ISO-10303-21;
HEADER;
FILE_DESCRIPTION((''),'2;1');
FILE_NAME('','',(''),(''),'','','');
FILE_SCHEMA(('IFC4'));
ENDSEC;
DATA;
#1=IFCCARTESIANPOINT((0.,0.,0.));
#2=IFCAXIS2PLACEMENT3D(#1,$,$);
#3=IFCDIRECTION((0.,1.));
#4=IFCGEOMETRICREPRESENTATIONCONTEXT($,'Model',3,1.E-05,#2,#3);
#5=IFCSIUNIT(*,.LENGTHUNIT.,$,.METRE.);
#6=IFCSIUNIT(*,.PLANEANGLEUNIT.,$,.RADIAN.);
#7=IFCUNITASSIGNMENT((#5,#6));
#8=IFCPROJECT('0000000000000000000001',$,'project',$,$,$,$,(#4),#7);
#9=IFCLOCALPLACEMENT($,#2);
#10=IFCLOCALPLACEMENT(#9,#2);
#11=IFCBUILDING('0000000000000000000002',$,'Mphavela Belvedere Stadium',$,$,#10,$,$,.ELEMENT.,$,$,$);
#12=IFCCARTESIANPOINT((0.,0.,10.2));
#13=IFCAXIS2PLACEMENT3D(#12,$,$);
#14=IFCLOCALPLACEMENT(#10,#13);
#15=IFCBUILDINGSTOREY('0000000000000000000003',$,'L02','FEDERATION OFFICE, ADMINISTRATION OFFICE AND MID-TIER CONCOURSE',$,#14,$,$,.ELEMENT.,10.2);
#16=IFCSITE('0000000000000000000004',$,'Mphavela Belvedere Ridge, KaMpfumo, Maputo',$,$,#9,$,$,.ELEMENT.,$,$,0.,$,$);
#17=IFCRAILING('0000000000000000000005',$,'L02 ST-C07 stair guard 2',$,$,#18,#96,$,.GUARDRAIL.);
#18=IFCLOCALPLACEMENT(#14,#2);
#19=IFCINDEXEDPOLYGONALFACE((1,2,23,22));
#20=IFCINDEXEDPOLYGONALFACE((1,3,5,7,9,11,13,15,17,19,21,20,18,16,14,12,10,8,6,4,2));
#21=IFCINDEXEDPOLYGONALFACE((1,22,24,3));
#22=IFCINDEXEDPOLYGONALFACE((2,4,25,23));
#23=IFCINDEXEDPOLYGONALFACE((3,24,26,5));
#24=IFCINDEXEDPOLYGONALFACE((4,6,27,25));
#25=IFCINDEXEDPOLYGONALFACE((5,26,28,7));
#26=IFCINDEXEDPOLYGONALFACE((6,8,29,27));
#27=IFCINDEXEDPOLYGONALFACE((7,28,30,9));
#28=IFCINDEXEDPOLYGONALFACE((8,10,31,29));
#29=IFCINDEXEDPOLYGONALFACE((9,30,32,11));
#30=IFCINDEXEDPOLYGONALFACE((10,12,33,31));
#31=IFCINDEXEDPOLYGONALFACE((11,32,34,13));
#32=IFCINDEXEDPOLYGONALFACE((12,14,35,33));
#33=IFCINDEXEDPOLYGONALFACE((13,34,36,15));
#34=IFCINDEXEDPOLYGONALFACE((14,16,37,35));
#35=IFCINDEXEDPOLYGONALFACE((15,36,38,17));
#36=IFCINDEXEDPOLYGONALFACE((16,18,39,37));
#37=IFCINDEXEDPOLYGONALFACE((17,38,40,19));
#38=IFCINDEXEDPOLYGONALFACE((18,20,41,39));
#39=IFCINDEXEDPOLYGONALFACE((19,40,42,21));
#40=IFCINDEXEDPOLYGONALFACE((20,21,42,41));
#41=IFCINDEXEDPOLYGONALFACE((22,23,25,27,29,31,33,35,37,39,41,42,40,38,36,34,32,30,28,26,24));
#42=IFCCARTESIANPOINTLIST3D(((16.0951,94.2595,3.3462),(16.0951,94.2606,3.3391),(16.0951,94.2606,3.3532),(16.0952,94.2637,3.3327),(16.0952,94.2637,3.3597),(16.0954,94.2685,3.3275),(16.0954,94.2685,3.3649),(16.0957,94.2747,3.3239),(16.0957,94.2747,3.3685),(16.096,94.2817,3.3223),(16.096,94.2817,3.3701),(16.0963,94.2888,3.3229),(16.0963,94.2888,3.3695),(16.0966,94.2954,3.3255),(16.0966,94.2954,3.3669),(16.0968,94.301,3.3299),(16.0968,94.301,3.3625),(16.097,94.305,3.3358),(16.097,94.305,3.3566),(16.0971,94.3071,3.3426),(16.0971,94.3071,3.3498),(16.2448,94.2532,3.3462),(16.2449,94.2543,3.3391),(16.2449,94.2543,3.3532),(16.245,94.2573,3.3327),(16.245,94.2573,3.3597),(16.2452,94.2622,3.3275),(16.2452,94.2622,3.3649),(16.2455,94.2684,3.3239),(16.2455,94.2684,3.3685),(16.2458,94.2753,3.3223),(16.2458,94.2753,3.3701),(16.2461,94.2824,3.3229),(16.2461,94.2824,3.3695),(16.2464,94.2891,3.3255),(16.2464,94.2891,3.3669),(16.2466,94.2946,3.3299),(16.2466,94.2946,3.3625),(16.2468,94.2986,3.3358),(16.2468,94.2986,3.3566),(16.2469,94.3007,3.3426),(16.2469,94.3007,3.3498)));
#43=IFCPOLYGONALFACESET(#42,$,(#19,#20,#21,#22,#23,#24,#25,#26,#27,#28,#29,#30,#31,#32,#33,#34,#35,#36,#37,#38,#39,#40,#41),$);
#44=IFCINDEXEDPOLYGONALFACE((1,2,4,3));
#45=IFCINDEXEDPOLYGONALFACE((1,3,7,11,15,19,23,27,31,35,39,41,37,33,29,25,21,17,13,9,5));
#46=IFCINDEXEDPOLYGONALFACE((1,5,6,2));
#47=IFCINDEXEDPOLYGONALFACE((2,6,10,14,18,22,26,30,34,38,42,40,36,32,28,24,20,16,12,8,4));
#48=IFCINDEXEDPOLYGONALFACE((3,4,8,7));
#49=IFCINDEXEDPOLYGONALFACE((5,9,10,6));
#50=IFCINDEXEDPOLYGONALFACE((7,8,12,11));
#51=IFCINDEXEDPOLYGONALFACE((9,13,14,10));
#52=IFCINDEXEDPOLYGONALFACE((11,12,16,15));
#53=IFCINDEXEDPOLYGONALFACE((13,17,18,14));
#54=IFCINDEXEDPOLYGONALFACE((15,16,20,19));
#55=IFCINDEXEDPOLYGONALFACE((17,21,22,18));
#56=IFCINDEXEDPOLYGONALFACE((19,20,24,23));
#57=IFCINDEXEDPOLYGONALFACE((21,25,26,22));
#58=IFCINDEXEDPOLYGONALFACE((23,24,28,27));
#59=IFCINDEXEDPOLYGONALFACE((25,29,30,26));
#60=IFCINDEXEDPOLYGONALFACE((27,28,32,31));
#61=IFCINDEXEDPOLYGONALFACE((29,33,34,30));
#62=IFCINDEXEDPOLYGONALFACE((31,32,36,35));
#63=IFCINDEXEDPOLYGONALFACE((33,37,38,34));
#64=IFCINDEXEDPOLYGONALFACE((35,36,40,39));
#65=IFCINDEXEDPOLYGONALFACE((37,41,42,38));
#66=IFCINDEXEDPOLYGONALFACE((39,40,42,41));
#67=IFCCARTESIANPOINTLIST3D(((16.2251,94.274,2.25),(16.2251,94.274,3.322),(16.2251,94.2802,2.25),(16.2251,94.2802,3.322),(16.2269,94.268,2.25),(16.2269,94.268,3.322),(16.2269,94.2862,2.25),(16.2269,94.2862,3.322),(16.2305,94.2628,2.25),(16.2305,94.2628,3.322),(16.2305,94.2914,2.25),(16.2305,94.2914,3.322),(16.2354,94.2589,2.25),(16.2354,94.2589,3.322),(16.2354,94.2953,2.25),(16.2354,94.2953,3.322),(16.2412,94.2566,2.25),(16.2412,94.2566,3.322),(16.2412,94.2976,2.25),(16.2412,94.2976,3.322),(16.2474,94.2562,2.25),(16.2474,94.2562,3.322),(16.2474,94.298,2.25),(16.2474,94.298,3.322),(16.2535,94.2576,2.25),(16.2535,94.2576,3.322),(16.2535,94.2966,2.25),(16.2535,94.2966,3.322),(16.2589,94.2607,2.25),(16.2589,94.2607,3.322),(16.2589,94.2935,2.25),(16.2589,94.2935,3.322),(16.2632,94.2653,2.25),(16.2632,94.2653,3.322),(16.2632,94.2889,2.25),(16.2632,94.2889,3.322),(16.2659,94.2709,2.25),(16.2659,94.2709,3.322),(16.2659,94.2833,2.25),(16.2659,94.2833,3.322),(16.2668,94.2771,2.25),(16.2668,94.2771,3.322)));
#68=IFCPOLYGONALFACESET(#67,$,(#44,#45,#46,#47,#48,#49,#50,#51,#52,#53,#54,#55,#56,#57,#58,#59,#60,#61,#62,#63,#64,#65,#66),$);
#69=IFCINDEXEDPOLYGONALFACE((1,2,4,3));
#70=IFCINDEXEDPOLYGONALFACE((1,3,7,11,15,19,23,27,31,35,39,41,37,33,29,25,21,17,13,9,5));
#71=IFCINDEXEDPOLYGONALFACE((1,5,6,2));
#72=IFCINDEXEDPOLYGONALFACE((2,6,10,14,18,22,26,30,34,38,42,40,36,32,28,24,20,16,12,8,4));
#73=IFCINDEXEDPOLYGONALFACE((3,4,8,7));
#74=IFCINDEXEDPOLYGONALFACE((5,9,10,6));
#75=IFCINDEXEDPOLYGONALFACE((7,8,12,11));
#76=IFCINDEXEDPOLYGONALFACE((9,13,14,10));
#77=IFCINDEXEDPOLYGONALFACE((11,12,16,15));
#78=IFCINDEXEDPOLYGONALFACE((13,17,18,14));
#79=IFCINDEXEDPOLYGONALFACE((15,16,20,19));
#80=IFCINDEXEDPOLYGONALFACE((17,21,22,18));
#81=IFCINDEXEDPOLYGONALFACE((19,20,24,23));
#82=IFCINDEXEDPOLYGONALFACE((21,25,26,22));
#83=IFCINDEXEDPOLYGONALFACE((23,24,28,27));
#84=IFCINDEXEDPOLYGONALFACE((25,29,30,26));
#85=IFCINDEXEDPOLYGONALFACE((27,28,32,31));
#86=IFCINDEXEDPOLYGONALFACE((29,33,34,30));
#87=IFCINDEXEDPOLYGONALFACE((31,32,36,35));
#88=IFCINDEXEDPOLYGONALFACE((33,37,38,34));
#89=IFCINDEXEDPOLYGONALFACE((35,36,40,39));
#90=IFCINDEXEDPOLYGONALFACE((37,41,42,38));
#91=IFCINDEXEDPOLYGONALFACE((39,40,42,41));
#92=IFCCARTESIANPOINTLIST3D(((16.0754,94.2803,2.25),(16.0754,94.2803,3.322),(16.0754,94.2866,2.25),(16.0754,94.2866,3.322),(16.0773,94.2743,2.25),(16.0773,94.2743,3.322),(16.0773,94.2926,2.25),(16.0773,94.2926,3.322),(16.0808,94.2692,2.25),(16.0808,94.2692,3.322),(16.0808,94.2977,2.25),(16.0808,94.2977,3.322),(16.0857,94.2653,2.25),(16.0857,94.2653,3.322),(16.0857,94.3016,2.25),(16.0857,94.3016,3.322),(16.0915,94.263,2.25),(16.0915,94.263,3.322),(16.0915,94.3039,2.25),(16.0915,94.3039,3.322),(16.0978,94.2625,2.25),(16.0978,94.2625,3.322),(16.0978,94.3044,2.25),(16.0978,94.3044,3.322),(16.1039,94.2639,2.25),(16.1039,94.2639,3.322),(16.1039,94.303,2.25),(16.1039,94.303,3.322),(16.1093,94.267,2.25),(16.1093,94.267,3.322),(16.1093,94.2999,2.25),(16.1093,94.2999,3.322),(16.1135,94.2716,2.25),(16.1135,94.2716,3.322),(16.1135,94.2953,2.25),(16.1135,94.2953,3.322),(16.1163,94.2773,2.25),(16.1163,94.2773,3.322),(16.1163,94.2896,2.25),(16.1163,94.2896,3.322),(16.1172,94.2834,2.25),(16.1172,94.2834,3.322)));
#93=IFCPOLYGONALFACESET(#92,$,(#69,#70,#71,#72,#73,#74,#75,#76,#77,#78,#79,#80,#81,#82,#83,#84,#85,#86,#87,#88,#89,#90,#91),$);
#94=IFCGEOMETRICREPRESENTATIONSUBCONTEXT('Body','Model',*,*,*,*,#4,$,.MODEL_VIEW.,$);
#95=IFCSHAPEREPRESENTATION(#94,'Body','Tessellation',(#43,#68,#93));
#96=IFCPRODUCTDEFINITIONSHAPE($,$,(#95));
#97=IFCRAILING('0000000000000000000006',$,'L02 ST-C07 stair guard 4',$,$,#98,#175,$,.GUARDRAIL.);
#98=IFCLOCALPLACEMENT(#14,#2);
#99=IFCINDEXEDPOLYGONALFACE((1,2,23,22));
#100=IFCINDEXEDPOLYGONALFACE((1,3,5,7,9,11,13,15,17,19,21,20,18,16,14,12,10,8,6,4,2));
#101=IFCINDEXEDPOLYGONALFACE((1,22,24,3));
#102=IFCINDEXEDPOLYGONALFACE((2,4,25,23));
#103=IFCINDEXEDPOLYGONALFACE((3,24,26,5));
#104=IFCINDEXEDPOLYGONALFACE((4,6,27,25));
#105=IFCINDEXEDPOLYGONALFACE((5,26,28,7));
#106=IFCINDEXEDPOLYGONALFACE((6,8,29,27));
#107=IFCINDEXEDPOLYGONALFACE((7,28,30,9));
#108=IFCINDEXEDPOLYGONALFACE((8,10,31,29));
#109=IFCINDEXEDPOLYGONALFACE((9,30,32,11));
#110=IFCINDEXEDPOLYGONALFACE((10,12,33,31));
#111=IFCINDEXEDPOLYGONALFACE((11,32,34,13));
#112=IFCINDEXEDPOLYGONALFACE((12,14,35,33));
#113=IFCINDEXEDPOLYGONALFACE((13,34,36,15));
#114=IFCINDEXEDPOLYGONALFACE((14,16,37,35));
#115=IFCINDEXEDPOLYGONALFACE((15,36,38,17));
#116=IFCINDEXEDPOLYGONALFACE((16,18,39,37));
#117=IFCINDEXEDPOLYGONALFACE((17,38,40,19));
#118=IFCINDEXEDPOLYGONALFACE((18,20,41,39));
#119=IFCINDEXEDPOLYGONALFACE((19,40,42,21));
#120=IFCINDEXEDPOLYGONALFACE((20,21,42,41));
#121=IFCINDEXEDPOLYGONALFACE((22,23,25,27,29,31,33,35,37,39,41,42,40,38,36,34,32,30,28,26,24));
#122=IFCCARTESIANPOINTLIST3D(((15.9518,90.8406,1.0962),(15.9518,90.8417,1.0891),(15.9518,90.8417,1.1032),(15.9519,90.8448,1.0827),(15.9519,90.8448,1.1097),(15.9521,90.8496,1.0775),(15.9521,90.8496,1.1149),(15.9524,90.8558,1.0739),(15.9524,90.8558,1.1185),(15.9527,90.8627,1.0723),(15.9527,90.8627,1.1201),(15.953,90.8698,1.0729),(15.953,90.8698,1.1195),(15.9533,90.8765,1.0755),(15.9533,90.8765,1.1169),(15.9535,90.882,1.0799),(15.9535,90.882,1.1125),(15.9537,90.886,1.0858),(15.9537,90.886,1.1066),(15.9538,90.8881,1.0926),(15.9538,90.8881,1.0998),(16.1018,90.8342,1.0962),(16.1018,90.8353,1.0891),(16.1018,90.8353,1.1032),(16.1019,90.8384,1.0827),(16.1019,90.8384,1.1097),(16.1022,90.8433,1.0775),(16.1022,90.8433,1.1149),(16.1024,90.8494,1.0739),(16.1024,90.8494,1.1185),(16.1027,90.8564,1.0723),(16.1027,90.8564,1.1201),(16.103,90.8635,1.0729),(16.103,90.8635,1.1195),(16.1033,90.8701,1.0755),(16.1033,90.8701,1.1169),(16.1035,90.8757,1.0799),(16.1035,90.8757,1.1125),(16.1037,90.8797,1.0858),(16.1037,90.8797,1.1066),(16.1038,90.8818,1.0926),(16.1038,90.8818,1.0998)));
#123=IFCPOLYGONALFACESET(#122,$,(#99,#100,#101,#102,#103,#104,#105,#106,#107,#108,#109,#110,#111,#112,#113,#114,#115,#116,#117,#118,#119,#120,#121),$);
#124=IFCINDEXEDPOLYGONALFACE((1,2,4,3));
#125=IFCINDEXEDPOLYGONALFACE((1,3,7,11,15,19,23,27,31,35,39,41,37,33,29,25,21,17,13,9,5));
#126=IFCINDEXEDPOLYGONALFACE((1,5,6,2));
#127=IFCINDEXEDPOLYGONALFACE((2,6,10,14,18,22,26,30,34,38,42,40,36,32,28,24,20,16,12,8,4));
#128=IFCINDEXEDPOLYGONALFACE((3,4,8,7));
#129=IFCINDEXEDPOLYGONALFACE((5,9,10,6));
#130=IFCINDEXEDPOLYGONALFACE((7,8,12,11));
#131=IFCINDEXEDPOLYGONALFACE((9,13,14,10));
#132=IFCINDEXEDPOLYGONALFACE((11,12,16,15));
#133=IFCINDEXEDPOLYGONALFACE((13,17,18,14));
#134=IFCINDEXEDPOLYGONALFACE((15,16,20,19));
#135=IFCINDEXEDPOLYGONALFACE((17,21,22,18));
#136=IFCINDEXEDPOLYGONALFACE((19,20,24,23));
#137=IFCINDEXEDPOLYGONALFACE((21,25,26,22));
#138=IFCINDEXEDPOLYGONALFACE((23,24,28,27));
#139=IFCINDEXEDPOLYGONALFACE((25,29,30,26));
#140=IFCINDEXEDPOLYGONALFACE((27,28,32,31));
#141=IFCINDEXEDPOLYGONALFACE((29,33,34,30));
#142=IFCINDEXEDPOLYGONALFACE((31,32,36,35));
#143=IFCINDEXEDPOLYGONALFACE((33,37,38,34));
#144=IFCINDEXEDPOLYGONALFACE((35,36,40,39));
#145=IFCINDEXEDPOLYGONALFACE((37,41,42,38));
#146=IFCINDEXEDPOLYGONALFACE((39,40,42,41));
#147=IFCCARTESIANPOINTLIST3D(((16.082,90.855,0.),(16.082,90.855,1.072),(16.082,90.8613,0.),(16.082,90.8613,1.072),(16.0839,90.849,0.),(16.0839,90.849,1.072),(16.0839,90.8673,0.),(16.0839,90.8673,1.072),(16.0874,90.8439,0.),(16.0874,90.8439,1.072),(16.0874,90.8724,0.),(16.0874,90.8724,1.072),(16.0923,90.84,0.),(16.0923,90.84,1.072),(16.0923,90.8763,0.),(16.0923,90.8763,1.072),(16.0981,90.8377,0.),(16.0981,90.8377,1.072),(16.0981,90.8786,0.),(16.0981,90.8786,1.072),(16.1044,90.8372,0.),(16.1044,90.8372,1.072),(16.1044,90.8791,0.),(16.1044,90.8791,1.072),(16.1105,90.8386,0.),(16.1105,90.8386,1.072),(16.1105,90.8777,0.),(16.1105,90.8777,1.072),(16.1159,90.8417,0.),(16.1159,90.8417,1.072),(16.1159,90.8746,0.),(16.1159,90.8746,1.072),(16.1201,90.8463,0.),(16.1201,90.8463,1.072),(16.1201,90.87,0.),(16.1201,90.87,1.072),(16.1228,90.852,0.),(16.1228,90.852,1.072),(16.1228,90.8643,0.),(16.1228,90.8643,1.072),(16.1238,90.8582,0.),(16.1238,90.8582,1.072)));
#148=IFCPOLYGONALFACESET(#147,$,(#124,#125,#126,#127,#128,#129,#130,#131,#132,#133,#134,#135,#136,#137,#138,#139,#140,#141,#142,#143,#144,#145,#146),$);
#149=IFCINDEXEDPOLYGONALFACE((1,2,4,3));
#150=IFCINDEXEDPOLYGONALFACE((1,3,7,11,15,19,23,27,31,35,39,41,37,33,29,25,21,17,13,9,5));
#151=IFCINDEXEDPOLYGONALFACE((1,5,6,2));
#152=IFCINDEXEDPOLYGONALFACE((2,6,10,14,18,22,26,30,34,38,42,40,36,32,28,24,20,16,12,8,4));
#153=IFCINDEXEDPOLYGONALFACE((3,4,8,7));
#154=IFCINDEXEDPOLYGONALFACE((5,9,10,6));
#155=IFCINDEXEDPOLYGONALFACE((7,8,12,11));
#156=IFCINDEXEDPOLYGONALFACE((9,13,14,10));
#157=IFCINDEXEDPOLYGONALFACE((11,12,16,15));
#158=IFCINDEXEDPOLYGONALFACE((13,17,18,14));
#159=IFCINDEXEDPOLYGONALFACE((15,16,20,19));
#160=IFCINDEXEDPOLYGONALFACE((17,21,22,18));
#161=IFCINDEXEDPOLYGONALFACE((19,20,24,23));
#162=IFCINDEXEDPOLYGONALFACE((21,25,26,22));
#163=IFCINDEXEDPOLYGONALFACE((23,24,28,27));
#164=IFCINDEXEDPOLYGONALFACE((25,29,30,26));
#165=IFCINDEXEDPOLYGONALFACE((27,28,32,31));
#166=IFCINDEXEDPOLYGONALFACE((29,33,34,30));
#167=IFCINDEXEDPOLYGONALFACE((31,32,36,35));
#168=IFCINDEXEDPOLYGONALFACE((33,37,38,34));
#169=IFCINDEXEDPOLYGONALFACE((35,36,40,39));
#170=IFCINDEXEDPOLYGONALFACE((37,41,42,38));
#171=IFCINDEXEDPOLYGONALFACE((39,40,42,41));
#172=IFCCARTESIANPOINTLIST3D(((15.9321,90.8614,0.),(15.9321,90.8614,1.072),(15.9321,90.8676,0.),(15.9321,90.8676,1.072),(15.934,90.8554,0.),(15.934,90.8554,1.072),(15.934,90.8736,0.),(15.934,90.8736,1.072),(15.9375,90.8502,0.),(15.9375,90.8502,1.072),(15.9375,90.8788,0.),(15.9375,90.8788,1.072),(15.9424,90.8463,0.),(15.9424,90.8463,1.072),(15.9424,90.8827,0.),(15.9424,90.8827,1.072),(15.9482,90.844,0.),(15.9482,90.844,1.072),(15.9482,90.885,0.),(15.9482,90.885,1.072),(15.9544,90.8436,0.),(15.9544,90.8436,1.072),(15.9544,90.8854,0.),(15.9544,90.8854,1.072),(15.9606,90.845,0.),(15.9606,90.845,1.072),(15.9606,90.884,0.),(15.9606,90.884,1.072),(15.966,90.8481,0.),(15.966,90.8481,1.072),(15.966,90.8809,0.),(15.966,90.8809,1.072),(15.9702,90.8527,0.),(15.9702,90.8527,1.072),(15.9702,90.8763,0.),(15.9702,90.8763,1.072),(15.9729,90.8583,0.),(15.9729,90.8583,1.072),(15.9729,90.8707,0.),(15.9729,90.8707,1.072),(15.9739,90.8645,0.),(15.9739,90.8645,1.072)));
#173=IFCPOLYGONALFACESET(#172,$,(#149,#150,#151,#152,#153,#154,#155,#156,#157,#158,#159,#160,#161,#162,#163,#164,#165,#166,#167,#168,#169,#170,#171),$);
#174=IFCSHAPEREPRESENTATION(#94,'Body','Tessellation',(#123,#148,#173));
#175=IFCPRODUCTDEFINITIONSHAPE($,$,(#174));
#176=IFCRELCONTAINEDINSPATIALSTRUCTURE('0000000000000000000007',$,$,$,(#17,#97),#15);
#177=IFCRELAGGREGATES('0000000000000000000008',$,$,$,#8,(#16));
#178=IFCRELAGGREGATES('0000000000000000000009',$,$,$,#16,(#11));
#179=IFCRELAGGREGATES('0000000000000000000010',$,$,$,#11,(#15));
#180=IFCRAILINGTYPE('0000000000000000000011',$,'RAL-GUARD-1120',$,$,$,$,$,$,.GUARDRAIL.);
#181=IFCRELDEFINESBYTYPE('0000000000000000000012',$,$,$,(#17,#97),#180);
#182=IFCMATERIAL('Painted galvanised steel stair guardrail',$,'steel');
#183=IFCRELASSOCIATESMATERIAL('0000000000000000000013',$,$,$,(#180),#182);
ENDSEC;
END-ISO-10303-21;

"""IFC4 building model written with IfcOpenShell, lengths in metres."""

from ifc_helpers import new_model, si_unit, direction, frame, origin, origin_2d, place, context, subcontext, project, spatial, circle, extrude, material, type_object, element, save


model = new_model("IFC4")

# Units and contexts
model_context = context("Model", 3, precision=1e-05, world=origin(), true_north=direction((0.0, 1.0)))
body_context = subcontext(model_context, "Body", "Model", "MODEL_VIEW")
ifc_project = project(units=[si_unit("LENGTHUNIT", "METRE"), si_unit("PLANEANGLEUNIT", "RADIAN")], contexts=[model_context])

# Site, building, storey
site_placement = place(None, origin())
site = spatial("IfcSite", under=ifc_project, at=site_placement, Name="Mphavela Belvedere Ridge, KaMpfumo, Maputo", CompositionType="ELEMENT", RefElevation=0.0)
building_placement = place(site_placement, origin())
building = spatial("IfcBuilding", under=site, at=building_placement, Name="Mphavela Belvedere Stadium", CompositionType="ELEMENT")
storey_placement = place(building_placement, frame((0.0, 0.0, 10.2)))
storey = spatial("IfcBuildingStorey", under=building, at=storey_placement, Name="L02", Description="FEDERATION OFFICE, ADMINISTRATION OFFICE AND MID-TIER CONCOURSE", CompositionType="ELEMENT", Elevation=10.2)

# Railings
ifc_material_1 = material(Name="Painted galvanised steel stair guardrail", Category="steel")
railing_type_1 = type_object("IfcRailingType", Name="RAL-GUARD-1120", PredefinedType="GUARDRAIL", material=ifc_material_1)
railing_1_placement = place(storey_placement, frame((16.2458, 94.2771, 2.25)))
element("IfcRailing", 1, at=railing_1_placement, inside=storey, type_object=railing_type_1, Name="L02 ST-C07 stair guard 2", PredefinedType="GUARDRAIL", context=body_context, shape_type="SweptSolid", body=[
    extrude(circle(Radius=0.0239, at=origin_2d()), frame((0.0, 0.0, 1.0962), z_axis=(-0.999102, 0.042376, 0.0), x_axis=(-0.042376, -0.999102, 0.0)), (0.0, 0.0, 1.0), 0.1499),
    extrude(circle(Radius=0.021, at=origin_2d()), origin(), (0.0, 0.0, 1.0), 1.072),
    extrude(circle(Radius=0.021, at=origin_2d()), frame((-0.1497, 0.0063, 0.0)), (0.0, 0.0, 1.0), 1.072),
])
railing_2_placement = place(storey_placement, frame((16.1028, 90.8582, 0.0)))
element("IfcRailing", 2, at=railing_2_placement, inside=storey, type_object=railing_type_1, Name="L02 ST-C07 stair guard 4", PredefinedType="GUARDRAIL", context=body_context, shape_type="SweptSolid", body=[
    extrude(circle(Radius=0.0239, at=origin_2d()), frame((0.0, 0.0, 1.0962), z_axis=(-0.999105, 0.042307, 0.0), x_axis=(-0.042307, -0.999105, 0.0)), (0.0, 0.0, 1.0), 0.1501),
    extrude(circle(Radius=0.021, at=origin_2d()), origin(), (0.0, 0.0, 1.0), 1.072),
    extrude(circle(Radius=0.021, at=origin_2d()), frame((-0.1499, 0.0063, 0.0)), (0.0, 0.0, 1.0), 1.072),
])

save(model, "model.ifc")
